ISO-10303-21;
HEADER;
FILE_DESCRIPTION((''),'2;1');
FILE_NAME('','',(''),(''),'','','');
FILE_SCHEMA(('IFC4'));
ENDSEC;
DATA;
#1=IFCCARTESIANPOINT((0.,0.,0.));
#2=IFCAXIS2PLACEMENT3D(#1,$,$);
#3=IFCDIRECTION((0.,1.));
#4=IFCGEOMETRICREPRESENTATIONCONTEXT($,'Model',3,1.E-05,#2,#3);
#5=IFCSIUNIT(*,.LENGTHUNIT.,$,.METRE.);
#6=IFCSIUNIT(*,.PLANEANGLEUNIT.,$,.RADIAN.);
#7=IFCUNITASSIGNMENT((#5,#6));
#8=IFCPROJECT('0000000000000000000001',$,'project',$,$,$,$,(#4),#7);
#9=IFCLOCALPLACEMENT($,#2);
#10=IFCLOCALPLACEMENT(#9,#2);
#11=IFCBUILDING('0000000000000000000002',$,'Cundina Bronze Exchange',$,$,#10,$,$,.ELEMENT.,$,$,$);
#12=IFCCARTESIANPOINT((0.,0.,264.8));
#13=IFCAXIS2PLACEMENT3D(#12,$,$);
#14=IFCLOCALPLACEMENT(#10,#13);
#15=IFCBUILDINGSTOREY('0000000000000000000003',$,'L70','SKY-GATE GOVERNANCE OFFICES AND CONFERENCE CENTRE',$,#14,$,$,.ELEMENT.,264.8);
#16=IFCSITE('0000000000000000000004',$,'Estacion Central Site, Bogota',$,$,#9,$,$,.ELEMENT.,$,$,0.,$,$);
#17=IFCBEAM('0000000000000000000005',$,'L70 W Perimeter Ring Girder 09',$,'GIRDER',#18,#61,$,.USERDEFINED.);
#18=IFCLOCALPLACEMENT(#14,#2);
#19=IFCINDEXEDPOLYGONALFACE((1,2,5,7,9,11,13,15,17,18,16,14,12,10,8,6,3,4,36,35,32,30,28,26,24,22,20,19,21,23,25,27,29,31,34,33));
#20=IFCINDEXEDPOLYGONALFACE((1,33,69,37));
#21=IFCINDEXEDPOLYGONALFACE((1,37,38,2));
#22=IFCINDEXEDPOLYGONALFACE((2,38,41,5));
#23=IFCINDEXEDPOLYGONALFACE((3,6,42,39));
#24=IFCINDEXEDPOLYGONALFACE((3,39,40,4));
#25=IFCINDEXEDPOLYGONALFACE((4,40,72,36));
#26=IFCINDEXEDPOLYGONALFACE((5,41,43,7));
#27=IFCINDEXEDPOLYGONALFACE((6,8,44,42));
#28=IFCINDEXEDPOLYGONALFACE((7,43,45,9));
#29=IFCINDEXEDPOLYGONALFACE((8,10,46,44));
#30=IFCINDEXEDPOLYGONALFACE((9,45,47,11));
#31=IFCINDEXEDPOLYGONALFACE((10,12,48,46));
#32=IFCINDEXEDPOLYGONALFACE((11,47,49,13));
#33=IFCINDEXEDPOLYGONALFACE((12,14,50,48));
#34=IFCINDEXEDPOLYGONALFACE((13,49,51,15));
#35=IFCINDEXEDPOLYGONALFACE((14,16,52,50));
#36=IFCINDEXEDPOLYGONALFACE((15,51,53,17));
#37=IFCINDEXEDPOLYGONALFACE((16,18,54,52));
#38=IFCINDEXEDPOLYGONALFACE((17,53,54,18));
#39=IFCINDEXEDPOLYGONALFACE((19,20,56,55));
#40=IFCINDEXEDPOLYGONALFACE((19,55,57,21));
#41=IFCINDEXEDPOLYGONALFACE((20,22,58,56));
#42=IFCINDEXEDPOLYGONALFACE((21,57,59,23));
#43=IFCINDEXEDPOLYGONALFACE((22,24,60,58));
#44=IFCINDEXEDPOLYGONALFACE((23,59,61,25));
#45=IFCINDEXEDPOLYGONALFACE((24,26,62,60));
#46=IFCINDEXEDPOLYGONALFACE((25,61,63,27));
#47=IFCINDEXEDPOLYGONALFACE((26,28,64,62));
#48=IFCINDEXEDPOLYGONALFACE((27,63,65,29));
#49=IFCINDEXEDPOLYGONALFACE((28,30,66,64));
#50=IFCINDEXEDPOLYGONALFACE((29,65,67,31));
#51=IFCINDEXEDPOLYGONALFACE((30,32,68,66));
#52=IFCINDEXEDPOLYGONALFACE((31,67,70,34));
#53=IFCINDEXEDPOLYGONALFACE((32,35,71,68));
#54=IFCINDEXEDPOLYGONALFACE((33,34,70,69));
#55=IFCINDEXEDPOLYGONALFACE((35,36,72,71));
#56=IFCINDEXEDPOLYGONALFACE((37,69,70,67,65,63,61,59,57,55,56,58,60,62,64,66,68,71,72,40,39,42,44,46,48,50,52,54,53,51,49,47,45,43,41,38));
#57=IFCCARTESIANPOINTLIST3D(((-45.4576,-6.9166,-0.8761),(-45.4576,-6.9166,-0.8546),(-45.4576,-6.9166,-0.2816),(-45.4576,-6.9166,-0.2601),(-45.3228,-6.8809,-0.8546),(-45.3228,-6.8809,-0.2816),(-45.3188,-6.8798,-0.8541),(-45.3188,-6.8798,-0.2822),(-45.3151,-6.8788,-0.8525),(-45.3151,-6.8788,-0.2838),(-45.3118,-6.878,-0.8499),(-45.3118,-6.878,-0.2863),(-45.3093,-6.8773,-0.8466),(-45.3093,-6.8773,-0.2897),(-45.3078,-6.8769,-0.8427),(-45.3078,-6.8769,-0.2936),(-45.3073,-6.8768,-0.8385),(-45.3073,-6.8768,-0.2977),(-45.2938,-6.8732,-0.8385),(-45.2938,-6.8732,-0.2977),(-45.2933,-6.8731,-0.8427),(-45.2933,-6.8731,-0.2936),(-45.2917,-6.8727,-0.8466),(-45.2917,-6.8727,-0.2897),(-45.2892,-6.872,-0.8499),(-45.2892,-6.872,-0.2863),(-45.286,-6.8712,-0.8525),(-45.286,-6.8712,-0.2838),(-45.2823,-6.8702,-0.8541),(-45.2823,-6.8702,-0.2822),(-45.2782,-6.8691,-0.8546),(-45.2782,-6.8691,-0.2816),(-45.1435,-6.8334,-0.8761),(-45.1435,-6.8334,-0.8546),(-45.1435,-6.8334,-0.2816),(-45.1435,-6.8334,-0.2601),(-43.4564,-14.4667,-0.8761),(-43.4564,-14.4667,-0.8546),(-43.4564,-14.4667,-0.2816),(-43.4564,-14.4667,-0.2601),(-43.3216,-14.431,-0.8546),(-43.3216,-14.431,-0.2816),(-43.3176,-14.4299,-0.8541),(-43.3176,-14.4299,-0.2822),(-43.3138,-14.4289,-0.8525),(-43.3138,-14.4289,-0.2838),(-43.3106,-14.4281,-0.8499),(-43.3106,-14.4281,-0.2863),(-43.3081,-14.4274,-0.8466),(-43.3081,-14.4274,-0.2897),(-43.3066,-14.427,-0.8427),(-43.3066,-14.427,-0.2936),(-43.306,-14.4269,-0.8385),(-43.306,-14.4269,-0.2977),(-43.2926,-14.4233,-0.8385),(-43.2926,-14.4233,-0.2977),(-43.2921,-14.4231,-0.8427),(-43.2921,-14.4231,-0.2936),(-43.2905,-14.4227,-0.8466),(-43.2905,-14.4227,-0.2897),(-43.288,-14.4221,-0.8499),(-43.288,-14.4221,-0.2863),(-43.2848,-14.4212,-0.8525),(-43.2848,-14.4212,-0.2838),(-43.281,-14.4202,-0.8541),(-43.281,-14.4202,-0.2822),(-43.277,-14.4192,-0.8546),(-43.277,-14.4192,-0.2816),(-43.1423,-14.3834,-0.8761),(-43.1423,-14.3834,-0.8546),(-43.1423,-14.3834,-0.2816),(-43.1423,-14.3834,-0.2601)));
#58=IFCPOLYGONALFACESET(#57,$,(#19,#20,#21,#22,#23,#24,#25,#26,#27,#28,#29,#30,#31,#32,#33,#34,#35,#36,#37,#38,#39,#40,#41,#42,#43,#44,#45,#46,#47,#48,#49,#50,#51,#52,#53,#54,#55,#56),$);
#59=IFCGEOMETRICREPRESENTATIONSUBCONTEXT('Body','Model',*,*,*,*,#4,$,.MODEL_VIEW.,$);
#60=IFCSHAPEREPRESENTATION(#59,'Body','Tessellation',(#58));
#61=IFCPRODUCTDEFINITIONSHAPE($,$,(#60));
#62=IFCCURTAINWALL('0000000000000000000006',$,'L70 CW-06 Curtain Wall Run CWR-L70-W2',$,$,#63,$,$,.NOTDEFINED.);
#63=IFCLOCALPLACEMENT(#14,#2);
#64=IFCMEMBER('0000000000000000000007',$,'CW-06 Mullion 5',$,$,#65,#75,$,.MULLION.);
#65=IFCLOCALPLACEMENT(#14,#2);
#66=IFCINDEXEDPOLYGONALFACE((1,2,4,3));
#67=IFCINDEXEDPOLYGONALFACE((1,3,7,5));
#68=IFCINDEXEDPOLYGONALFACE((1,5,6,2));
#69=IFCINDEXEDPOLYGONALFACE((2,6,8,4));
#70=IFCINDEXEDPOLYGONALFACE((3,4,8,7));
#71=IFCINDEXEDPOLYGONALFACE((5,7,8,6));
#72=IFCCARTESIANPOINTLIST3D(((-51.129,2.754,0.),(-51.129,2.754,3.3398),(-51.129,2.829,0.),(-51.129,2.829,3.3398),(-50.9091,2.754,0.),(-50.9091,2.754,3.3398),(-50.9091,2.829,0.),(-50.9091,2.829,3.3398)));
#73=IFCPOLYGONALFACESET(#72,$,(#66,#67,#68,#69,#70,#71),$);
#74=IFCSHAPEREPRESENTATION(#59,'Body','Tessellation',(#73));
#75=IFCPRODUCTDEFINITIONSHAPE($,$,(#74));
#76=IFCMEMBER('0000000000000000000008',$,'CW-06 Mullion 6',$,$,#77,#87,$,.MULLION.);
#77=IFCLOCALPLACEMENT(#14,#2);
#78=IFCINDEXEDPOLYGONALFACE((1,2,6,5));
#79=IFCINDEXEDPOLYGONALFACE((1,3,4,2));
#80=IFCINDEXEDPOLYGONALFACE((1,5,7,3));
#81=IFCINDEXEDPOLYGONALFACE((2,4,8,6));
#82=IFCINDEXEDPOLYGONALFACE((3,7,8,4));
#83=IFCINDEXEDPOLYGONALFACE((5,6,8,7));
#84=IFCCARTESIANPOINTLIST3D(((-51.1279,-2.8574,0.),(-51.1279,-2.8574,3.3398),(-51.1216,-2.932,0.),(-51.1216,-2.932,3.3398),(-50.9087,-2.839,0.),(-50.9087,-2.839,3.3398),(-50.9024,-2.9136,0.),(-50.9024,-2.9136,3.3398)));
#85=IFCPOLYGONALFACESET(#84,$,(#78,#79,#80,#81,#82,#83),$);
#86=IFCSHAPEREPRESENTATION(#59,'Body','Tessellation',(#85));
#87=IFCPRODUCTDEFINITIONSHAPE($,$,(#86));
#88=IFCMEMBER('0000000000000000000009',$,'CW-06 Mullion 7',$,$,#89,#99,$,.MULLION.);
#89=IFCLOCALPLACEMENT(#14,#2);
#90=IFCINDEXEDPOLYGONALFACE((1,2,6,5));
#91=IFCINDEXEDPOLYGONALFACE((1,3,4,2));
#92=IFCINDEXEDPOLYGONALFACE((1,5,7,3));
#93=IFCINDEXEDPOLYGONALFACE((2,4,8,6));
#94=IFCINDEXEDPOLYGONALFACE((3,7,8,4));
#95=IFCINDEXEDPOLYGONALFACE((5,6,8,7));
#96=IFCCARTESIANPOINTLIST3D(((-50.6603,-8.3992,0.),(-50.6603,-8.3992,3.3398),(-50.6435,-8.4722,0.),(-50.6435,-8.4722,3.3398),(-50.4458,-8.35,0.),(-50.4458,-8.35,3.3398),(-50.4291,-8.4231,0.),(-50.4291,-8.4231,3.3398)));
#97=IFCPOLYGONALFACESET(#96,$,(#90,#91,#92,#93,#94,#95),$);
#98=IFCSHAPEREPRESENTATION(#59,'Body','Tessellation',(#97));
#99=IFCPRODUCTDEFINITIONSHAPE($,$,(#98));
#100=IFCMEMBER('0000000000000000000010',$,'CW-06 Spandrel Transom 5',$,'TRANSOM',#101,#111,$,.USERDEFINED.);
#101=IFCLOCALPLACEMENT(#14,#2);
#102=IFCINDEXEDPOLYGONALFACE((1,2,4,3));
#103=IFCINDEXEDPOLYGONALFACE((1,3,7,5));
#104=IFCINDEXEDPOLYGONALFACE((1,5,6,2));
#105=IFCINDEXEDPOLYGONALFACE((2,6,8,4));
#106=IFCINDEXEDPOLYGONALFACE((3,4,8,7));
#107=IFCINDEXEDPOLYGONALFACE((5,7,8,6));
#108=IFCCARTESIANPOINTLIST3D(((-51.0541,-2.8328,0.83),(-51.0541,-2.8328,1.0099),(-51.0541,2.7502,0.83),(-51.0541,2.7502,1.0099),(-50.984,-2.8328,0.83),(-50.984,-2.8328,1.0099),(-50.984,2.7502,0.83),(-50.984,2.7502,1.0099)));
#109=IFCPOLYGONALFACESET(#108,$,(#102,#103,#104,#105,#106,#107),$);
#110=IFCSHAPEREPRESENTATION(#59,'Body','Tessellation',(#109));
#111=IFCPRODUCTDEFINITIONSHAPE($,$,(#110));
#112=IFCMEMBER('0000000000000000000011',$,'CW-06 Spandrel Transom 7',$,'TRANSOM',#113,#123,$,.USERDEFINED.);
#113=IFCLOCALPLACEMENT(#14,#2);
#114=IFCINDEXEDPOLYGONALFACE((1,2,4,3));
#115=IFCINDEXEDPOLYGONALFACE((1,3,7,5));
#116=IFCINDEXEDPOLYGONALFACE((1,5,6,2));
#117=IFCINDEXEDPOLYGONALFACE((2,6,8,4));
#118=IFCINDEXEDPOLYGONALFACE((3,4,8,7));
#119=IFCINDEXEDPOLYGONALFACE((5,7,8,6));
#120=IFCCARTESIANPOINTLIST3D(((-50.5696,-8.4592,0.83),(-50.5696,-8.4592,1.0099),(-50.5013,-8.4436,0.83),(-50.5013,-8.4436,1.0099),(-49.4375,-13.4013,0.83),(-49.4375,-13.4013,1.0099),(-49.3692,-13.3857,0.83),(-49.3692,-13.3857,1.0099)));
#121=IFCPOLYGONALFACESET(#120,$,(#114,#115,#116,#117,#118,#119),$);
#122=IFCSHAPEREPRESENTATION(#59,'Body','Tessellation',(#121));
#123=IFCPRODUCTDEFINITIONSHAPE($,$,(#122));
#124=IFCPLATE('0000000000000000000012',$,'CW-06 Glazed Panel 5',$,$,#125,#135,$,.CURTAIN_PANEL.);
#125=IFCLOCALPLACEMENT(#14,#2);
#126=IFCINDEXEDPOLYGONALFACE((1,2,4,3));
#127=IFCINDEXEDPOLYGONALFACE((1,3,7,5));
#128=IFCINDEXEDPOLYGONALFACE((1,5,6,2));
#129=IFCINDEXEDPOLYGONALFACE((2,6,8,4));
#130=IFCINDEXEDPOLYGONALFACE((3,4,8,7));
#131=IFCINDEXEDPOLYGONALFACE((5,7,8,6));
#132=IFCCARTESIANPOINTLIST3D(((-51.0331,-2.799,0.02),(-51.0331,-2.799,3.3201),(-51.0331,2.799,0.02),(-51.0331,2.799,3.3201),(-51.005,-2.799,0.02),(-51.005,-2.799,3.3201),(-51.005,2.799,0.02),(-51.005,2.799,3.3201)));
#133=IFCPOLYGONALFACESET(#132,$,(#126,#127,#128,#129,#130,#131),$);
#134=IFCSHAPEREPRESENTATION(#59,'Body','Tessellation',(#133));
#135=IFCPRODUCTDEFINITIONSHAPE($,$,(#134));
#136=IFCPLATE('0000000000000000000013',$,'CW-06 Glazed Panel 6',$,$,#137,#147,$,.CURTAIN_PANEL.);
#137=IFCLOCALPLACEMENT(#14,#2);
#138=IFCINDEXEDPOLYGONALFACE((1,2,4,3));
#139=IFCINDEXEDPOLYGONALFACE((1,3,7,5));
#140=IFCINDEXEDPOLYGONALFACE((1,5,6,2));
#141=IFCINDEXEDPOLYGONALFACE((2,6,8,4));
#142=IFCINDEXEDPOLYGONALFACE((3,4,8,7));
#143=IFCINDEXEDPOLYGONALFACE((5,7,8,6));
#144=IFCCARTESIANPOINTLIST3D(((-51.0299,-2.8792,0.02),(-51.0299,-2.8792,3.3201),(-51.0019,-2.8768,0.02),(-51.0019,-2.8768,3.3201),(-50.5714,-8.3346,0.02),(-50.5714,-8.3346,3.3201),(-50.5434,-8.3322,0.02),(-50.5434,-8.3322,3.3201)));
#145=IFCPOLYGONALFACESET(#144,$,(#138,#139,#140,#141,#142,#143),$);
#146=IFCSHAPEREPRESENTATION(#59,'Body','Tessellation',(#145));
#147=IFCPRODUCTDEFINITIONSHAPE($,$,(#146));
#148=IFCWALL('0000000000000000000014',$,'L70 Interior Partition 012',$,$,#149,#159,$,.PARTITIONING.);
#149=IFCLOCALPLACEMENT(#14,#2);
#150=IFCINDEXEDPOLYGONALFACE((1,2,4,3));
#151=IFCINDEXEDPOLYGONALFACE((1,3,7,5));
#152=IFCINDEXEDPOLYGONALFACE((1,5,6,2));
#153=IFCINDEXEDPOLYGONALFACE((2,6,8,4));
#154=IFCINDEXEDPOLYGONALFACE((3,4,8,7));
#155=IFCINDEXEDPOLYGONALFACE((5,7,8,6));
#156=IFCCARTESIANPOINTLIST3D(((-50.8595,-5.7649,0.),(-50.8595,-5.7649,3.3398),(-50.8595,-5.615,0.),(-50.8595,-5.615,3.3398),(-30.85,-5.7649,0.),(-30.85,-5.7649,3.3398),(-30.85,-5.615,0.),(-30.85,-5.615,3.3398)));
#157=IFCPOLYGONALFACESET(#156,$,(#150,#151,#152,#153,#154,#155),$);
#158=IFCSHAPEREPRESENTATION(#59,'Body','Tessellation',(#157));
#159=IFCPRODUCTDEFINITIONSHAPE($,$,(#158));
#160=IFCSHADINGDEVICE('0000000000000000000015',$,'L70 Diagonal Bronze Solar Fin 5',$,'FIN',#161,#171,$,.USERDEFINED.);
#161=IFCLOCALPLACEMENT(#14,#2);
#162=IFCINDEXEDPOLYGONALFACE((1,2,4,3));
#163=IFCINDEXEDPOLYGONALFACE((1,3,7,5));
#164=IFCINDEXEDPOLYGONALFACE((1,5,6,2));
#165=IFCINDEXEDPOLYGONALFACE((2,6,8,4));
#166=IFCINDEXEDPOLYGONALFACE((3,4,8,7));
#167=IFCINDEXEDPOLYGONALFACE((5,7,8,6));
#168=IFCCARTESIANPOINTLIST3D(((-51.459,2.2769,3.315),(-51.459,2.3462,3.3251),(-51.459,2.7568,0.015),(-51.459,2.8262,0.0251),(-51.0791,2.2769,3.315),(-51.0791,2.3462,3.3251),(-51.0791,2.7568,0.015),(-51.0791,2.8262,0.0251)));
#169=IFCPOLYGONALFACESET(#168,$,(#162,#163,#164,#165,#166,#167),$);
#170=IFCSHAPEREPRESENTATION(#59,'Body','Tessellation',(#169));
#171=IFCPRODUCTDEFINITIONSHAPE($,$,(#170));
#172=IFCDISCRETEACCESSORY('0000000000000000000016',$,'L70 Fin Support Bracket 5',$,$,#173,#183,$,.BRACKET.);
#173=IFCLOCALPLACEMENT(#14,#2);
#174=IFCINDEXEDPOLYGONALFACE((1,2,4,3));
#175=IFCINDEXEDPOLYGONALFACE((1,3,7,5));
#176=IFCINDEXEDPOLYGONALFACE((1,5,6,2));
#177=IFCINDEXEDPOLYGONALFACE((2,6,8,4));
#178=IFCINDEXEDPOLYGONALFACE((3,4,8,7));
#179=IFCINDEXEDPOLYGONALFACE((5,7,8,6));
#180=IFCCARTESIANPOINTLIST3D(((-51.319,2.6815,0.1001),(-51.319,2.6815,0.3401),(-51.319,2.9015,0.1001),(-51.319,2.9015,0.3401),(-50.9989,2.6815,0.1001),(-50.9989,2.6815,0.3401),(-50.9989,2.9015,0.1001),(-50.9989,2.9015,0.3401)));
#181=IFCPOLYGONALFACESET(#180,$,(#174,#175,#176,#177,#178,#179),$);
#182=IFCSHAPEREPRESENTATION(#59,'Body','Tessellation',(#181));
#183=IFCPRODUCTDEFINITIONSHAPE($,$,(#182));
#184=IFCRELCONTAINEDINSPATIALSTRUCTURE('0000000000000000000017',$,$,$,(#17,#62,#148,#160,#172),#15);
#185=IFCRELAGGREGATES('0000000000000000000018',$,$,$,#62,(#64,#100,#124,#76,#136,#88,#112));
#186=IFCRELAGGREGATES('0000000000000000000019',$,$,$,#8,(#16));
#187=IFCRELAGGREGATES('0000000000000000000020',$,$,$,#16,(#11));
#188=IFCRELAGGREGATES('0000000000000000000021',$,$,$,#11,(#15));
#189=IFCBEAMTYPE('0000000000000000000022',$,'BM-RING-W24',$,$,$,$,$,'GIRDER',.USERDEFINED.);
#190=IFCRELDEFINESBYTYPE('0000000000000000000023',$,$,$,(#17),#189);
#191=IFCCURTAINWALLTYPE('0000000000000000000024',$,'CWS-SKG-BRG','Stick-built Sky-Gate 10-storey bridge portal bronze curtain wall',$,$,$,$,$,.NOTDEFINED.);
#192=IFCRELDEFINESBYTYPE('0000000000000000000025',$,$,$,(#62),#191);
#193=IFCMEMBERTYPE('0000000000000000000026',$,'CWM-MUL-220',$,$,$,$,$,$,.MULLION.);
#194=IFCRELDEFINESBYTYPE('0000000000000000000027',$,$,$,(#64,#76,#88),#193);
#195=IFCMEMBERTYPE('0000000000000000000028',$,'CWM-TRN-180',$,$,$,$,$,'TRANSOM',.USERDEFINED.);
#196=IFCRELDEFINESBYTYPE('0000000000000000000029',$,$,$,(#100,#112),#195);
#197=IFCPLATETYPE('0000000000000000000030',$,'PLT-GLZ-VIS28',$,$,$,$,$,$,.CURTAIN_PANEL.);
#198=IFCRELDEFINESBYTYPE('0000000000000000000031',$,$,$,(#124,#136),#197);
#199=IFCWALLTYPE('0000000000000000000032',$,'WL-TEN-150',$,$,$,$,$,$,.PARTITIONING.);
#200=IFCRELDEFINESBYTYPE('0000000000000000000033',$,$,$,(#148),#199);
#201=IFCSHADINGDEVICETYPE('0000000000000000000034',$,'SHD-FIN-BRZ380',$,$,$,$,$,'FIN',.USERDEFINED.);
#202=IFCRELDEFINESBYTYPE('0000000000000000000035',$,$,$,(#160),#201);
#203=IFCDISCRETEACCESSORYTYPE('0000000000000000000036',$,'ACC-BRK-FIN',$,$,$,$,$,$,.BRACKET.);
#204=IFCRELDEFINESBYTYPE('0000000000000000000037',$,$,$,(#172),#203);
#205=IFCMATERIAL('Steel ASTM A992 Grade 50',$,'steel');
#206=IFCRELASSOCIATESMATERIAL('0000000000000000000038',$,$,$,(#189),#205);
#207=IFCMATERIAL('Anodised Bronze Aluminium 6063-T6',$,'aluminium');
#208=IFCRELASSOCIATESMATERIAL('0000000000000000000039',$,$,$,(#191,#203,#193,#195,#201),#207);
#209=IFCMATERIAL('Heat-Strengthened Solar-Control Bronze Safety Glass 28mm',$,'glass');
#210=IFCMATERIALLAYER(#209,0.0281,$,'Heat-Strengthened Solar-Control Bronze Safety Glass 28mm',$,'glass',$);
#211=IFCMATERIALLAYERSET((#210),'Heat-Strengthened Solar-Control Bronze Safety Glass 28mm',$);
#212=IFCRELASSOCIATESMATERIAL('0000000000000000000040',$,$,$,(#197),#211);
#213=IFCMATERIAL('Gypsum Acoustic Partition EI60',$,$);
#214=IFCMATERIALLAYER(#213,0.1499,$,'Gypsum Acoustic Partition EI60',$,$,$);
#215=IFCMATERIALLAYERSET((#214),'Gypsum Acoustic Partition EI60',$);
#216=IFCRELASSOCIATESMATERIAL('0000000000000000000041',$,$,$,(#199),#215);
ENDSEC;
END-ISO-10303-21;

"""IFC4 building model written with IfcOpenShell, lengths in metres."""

from ifc_helpers import new_model, si_unit, direction, frame, frame_2d, origin, origin_2d, place, context, subcontext, project, spatial, rectangle, i_section, extrude, material, layer, layer_set, material_profile, profile_set, type_object, element, aggregate, save


model = new_model("IFC4")

# Units and contexts
model_context = context("Model", 3, precision=1e-05, world=origin(), true_north=direction((0.0, 1.0)))
body_context = subcontext(model_context, "Body", "Model", "MODEL_VIEW")
ifc_project = project(units=[si_unit("LENGTHUNIT", "METRE"), si_unit("PLANEANGLEUNIT", "RADIAN")], contexts=[model_context])

# Site, building, storey
site_placement = place(None, origin())
site = spatial("IfcSite", under=ifc_project, at=site_placement, Name="Estacion Central Site, Bogota", CompositionType="ELEMENT", RefElevation=0.0)
building_placement = place(site_placement, origin())
building = spatial("IfcBuilding", under=site, at=building_placement, Name="Cundina Bronze Exchange", CompositionType="ELEMENT")
storey_placement = place(building_placement, frame((0.0, 0.0, 264.8)))
storey = spatial("IfcBuildingStorey", under=building, at=storey_placement, Name="L70", Description="SKY-GATE GOVERNANCE OFFICES AND CONFERENCE CENTRE", CompositionType="ELEMENT", Elevation=264.8)

# Beam
ifc_material_1 = material(Name="Steel ASTM A992 Grade 50", Category="steel")
ifc_material_profile_1 = material_profile(ifc_material_1, i_section(OverallWidth=0.325, OverallDepth=0.616, WebThickness=0.0139, FlangeThickness=0.0215, FilletRadius=0.0161, at=origin_2d()), Name="W24X117", Category="steel")
ifc_profile_set_1 = profile_set([ifc_material_profile_1], Name="Steel ASTM A992 Grade 50")
beam_type_1 = type_object("IfcBeamType", Name="BM-RING-W24", ElementType="GIRDER", PredefinedType="USERDEFINED", material=ifc_profile_set_1)
for number, where, z_axis, x_axis, name in (
    (1, (-45.3005, -6.875, -0.5681), (0.256213, -0.96662, 0.0), (0.96662, 0.256213, 0.0), "L70 W Perimeter Ring Girder 09"),
):
    element("IfcBeam", number, at=place(storey_placement, frame(where, z_axis=z_axis, x_axis=x_axis)), inside=storey, type_object=beam_type_1, Name=name, ObjectType="GIRDER", PredefinedType="USERDEFINED", context=body_context, shape_type="SweptSolid", body=[
        extrude(i_section(OverallWidth=0.325, OverallDepth=0.616, WebThickness=0.0139, FlangeThickness=0.0215, FilletRadius=0.0161, at=origin_2d()), origin(), (0.0, 0.0, 1.0), 7.8108),
    ])

# Curtain wall, members, plates
ifc_material_2 = material(Name="Anodised Bronze Aluminium 6063-T6", Category="aluminium")
curtain_wall_type = type_object("IfcCurtainWallType", Name="CWS-SKG-BRG", Description="Stick-built Sky-Gate 10-storey bridge portal bronze curtain wall", PredefinedType="NOTDEFINED", material=ifc_material_2)
curtain_wall_placement = place(storey_placement, origin())
curtain_wall = element("IfcCurtainWall", 2, at=curtain_wall_placement, inside=storey, type_object=curtain_wall_type, Name="L70 CW-06 Curtain Wall Run CWR-L70-W2", PredefinedType="NOTDEFINED")
ifc_material_profile_2 = material_profile(ifc_material_2, rectangle(XDim=0.075, YDim=0.22, at=origin_2d()), Name="AL75X220", Category="aluminium")
ifc_profile_set_2 = profile_set([ifc_material_profile_2], Name="Anodised Bronze Aluminium 6063-T6")
member_type_1 = type_object("IfcMemberType", Name="CWM-MUL-220", PredefinedType="MULLION", material=ifc_profile_set_2)
member_1_placement = place(storey_placement, frame((-51.019, 2.7915, 0.0), z_axis=(0.0, 0.0, 1.0), x_axis=(0.0, -1.0, 0.0)))
member_1 = element("IfcMember", 3, at=member_1_placement, type_object=member_type_1, Name="CW-06 Mullion 5", PredefinedType="MULLION", context=body_context, shape_type="SweptSolid", body=[
    extrude(rectangle(XDim=0.075, YDim=0.22, at=origin_2d()), origin(), (0.0, 0.0, 1.0), 3.3398),
])
member_2_placement = place(storey_placement, frame((-51.0151, -2.8855, 0.0), z_axis=(0.0, 0.0, 1.0), x_axis=(0.083678, -0.996493, 0.0)))
member_2 = element("IfcMember", 4, at=member_2_placement, type_object=member_type_1, Name="CW-06 Mullion 6", PredefinedType="MULLION", context=body_context, shape_type="SweptSolid", body=[
    extrude(rectangle(XDim=0.075, YDim=0.22, at=origin_2d()), origin(), (0.0, 0.0, 1.0), 3.3398),
])
member_3_placement = place(storey_placement, frame((-50.5447, -8.4111, 0.0), z_axis=(0.0, 0.0, 1.0), x_axis=(0.22325, -0.974761, 0.0)))
member_3 = element("IfcMember", 5, at=member_3_placement, type_object=member_type_1, Name="CW-06 Mullion 7", PredefinedType="MULLION", context=body_context, shape_type="SweptSolid", body=[
    extrude(rectangle(XDim=0.075, YDim=0.22, at=origin_2d()), origin(), (0.0, 0.0, 1.0), 3.3398),
])
ifc_material_profile_3 = material_profile(ifc_material_2, rectangle(XDim=0.0701, YDim=0.1799, at=origin_2d()), Name="AL70X180", Category="aluminium")
ifc_profile_set_3 = profile_set([ifc_material_profile_3], Name="Anodised Bronze Aluminium 6063-T6")
member_type_2 = type_object("IfcMemberType", Name="CWM-TRN-180", ElementType="TRANSOM", PredefinedType="USERDEFINED", material=ifc_profile_set_3)
member_4_placement = place(storey_placement, frame((-51.019, 2.7502, 0.9199), z_axis=(0.0, -1.0, 0.0), x_axis=(1.0, 0.0, 0.0)))
member_4 = element("IfcMember", 6, at=member_4_placement, type_object=member_type_2, Name="CW-06 Spandrel Transom 5", ObjectType="TRANSOM", PredefinedType="USERDEFINED", context=body_context, shape_type="SweptSolid", body=[
    extrude(rectangle(XDim=0.0701, YDim=0.1799, at=origin_2d()), origin(), (0.0, 0.0, 1.0), 5.583),
])
member_5_placement = place(storey_placement, frame((-50.5354, -8.4514, 0.9199), z_axis=(0.223284, -0.974754, 0.0), x_axis=(0.974754, 0.223284, 0.0)))
member_5 = element("IfcMember", 7, at=member_5_placement, type_object=member_type_2, Name="CW-06 Spandrel Transom 7", ObjectType="TRANSOM", PredefinedType="USERDEFINED", context=body_context, shape_type="SweptSolid", body=[
    extrude(rectangle(XDim=0.0701, YDim=0.1799, at=origin_2d()), origin(), (0.0, 0.0, 1.0), 5.0701),
])
ifc_material_3 = material(Name="Heat-Strengthened Solar-Control Bronze Safety Glass 28mm", Category="glass")
ifc_layer_1 = layer(ifc_material_3, 0.0281, Name="Heat-Strengthened Solar-Control Bronze Safety Glass 28mm", Category="glass")
ifc_layer_set_1 = layer_set([ifc_layer_1], Name="Heat-Strengthened Solar-Control Bronze Safety Glass 28mm")
plate_type = type_object("IfcPlateType", Name="PLT-GLZ-VIS28", PredefinedType="CURTAIN_PANEL", material=ifc_layer_set_1)
plate_1_placement = place(storey_placement, frame((-51.019, 0.0, 0.02), z_axis=(0.0, 0.0, 1.0), x_axis=(0.0, -1.0, 0.0)))
plate_1 = element("IfcPlate", 8, at=plate_1_placement, type_object=plate_type, Name="CW-06 Glazed Panel 5", PredefinedType="CURTAIN_PANEL", context=body_context, shape_type="SweptSolid", body=[
    extrude(rectangle(XDim=5.5979, YDim=0.0281, at=origin_2d()), origin(), (0.0, 0.0, 1.0), 3.3),
])
plate_2_placement = place(storey_placement, frame((-50.7866, -5.6057, 0.02), z_axis=(0.0, 0.0, 1.0), x_axis=(0.083747, -0.996487, 0.0)))
plate_2 = element("IfcPlate", 9, at=plate_2_placement, type_object=plate_type, Name="CW-06 Glazed Panel 6", PredefinedType="CURTAIN_PANEL", context=body_context, shape_type="SweptSolid", body=[
    extrude(rectangle(XDim=5.4746, YDim=0.0281, at=origin_2d()), origin(), (0.0, 0.0, 1.0), 3.3),
])
aggregate(curtain_wall, [member_1, member_4, plate_1, member_2, plate_2, member_3, member_5])

# Wall
ifc_material_4 = material(Name="Gypsum Acoustic Partition EI60")
ifc_layer_2 = layer(ifc_material_4, 0.1499, Name="Gypsum Acoustic Partition EI60")
ifc_layer_set_2 = layer_set([ifc_layer_2], Name="Gypsum Acoustic Partition EI60")
wall_type = type_object("IfcWallType", Name="WL-TEN-150", PredefinedType="PARTITIONING", material=ifc_layer_set_2)
wall_placement = place(storey_placement, frame((-50.8596, -5.6899, 0.0), z_axis=(0.0, 0.0, 1.0), x_axis=(1.0, 0.0, 0.0)))
element("IfcWall", 10, at=wall_placement, inside=storey, type_object=wall_type, Name="L70 Interior Partition 012", PredefinedType="PARTITIONING", context=body_context, shape_type="SweptSolid", body=[
    extrude(rectangle(XDim=20.0095, YDim=0.1499, at=frame_2d((10.0049, 0.0))), origin(), (0.0, 0.0, 1.0), 3.3398),
])

# Shading device
ifc_material_profile_4 = material_profile(ifc_material_2, rectangle(XDim=0.0701, YDim=0.3799, at=origin_2d()), Name="FIN70X380", Category="aluminium")
ifc_profile_set_4 = profile_set([ifc_material_profile_4], Name="Anodised Bronze Aluminium 6063-T6")
shading_device_type = type_object("IfcShadingDeviceType", Name="SHD-FIN-BRZ380", ElementType="FIN", PredefinedType="USERDEFINED", material=ifc_profile_set_4)
shading_device_placement = place(storey_placement, frame((-51.269, 2.7915, 0.02), z_axis=(0.0, -0.143932, 0.989588), x_axis=(0.0, 0.989588, 0.143932)))
element("IfcShadingDevice", 11, at=shading_device_placement, inside=storey, type_object=shading_device_type, Name="L70 Diagonal Bronze Solar Fin 5", ObjectType="FIN", PredefinedType="USERDEFINED", context=body_context, shape_type="SweptSolid", body=[
    extrude(rectangle(XDim=0.0701, YDim=0.3799, at=origin_2d()), origin(), (0.0, 0.0, 1.0), 3.3347),
])

# Discrete accessory
discrete_accessory_type = type_object("IfcDiscreteAccessoryType", Name="ACC-BRK-FIN", PredefinedType="BRACKET", material=ifc_material_2)
discrete_accessory_placement = place(storey_placement, frame((-51.1589, 2.7915, 0.1001), z_axis=(0.0, 0.0, 1.0), x_axis=(0.0, -1.0, 0.0)))
element("IfcDiscreteAccessory", 12, at=discrete_accessory_placement, inside=storey, type_object=discrete_accessory_type, Name="L70 Fin Support Bracket 5", PredefinedType="BRACKET", context=body_context, shape_type="SweptSolid", body=[
    extrude(rectangle(XDim=0.22, YDim=0.3201, at=origin_2d()), origin(), (0.0, 0.0, 1.0), 0.24),
])

save(model, "model.ifc")
